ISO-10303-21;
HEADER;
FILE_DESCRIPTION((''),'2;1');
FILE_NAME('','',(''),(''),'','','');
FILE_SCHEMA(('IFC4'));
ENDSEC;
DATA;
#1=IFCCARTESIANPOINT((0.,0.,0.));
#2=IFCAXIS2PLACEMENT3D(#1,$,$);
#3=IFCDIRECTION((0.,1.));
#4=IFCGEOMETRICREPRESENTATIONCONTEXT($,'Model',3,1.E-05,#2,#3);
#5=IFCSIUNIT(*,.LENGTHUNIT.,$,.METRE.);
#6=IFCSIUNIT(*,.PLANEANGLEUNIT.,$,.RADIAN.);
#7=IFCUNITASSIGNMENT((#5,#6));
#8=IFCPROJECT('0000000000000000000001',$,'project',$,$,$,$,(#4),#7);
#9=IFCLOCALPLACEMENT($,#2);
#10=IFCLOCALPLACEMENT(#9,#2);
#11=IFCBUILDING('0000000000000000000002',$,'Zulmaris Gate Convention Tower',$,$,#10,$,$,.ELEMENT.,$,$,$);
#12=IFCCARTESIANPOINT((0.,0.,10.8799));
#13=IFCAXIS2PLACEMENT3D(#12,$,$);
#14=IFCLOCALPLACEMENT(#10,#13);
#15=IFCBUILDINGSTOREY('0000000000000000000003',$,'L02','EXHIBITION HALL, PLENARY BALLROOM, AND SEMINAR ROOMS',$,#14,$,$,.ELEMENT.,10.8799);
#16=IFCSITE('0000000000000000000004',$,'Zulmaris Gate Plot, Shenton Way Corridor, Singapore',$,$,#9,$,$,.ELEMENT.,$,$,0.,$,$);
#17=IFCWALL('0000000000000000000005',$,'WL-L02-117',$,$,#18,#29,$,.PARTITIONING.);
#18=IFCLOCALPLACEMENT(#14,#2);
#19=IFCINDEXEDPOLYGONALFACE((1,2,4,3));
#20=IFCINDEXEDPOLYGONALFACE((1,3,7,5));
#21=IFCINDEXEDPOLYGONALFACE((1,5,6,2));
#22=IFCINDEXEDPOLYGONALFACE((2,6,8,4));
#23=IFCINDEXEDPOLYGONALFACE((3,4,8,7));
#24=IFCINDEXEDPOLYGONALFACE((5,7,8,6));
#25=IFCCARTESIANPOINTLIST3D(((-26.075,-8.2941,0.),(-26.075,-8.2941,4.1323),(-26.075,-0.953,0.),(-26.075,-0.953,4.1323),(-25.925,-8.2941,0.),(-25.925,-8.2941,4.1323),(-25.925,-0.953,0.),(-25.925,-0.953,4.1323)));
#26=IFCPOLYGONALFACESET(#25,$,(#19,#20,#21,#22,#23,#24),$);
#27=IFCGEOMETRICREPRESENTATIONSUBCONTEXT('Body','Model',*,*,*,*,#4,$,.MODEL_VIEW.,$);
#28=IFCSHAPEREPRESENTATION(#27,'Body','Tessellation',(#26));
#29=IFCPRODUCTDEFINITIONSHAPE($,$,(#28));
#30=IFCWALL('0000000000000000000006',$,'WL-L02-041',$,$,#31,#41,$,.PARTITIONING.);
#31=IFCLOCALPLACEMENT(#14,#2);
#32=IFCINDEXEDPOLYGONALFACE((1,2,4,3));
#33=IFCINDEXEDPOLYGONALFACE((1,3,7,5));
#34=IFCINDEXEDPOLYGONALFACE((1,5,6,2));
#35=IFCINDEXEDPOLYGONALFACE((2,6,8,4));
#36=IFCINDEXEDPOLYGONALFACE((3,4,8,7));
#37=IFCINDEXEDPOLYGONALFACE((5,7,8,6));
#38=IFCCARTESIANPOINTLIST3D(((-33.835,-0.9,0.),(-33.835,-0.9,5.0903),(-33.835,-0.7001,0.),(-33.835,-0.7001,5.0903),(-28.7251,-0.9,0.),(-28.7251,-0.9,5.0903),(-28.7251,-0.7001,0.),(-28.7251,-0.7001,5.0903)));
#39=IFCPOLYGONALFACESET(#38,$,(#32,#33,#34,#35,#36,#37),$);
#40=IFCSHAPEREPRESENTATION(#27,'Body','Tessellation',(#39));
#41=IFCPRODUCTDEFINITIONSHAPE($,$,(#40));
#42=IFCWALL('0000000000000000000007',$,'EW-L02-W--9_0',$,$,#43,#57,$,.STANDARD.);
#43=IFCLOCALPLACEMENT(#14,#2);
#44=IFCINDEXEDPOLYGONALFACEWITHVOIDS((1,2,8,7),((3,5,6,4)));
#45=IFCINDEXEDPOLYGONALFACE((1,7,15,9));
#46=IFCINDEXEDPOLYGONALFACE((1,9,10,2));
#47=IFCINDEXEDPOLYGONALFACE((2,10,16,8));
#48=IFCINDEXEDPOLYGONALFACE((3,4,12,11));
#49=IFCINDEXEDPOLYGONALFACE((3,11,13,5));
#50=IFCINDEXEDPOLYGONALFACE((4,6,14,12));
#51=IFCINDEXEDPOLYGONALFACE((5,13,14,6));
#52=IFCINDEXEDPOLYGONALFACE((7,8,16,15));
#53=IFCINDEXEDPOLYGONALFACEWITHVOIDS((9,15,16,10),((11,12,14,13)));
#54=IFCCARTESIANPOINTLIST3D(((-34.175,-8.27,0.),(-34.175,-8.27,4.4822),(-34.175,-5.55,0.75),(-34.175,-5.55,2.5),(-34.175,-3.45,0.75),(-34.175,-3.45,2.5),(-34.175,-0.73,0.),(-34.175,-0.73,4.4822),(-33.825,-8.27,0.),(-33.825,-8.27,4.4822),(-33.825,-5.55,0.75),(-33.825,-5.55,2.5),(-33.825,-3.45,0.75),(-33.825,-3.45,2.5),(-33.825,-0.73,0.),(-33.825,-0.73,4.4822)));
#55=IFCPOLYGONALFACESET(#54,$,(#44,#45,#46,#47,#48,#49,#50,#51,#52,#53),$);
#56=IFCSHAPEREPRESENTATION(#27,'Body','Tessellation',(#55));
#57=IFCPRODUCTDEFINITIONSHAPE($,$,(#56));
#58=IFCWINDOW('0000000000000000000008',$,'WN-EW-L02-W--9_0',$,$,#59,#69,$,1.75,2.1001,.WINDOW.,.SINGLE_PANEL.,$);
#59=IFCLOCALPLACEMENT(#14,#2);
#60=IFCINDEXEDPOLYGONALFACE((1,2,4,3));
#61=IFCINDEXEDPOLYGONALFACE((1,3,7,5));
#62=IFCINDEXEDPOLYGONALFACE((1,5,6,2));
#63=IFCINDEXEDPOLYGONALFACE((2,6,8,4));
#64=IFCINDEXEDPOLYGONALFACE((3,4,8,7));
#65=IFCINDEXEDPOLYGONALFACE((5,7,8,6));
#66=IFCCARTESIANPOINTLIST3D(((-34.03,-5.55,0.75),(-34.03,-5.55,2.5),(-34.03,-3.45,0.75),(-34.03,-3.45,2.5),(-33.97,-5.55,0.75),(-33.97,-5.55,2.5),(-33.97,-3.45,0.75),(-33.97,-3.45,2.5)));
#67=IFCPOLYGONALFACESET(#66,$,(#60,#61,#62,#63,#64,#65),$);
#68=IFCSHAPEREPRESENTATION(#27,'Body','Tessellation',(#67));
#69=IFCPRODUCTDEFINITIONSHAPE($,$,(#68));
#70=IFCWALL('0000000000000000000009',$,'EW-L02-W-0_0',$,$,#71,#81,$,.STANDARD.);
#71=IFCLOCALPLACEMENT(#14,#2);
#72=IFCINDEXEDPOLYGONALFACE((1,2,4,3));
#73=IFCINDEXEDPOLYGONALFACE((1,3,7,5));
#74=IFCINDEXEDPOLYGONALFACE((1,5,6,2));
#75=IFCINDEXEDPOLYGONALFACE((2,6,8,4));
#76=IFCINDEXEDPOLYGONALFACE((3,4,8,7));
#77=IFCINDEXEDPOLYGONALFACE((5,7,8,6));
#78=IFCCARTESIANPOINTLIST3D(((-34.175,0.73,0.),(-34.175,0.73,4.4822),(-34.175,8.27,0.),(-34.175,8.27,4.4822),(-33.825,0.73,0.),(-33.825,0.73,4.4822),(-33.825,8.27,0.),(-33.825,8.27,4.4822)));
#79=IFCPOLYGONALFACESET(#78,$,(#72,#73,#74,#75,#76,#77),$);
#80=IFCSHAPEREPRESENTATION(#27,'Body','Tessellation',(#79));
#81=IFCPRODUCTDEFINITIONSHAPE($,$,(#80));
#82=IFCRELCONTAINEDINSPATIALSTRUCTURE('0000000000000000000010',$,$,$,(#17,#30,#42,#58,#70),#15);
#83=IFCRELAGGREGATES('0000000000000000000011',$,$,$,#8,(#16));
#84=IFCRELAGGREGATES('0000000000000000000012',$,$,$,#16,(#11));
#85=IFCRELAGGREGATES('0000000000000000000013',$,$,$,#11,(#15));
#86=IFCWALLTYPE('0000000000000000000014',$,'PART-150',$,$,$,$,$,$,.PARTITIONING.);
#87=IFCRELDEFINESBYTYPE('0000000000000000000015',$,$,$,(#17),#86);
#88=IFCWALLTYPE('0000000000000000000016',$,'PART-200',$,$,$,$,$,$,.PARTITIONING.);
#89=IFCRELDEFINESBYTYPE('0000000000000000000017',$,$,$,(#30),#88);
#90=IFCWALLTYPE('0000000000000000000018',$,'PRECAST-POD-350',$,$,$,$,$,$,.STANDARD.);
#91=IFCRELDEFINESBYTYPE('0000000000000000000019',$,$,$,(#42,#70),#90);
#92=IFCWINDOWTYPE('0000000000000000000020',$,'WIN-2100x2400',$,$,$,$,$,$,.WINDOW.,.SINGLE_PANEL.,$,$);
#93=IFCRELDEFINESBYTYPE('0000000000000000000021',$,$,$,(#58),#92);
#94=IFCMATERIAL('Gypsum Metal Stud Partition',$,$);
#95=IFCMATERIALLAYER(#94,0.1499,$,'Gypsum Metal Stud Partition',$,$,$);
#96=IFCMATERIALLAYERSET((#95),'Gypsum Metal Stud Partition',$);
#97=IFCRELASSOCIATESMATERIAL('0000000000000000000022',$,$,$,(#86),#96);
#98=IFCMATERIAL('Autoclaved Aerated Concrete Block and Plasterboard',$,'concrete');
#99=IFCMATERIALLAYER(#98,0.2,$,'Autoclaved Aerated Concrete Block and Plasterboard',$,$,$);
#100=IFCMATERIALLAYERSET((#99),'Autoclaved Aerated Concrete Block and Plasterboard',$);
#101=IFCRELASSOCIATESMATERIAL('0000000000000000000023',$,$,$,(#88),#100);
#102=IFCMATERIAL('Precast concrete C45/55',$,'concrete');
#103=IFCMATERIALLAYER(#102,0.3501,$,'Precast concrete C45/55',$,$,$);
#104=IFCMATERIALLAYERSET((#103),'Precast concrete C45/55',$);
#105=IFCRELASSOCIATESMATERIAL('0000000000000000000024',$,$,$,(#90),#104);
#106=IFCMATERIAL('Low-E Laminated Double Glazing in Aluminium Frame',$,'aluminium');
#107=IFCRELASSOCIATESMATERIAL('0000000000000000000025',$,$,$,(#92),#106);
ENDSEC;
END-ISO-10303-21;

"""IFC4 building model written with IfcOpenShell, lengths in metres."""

from ifc_helpers import new_model, si_unit, direction, frame, frame_2d, origin, place, context, subcontext, project, spatial, rectangle, extrude, material, layer, layer_set, type_object, element, fill, save


model = new_model("IFC4")

# Units and contexts
model_context = context("Model", 3, precision=1e-05, world=origin(), true_north=direction((0.0, 1.0)))
body_context = subcontext(model_context, "Body", "Model", "MODEL_VIEW")
ifc_project = project(units=[si_unit("LENGTHUNIT", "METRE"), si_unit("PLANEANGLEUNIT", "RADIAN")], contexts=[model_context])

# Site, building, storey
site_placement = place(None, origin())
site = spatial("IfcSite", under=ifc_project, at=site_placement, Name="Zulmaris Gate Plot, Shenton Way Corridor, Singapore", CompositionType="ELEMENT", RefElevation=0.0)
building_placement = place(site_placement, origin())
building = spatial("IfcBuilding", under=site, at=building_placement, Name="Zulmaris Gate Convention Tower", CompositionType="ELEMENT")
storey_placement = place(building_placement, frame((0.0, 0.0, 10.8799)))
storey = spatial("IfcBuildingStorey", under=building, at=storey_placement, Name="L02", Description="EXHIBITION HALL, PLENARY BALLROOM, AND SEMINAR ROOMS", CompositionType="ELEMENT", Elevation=10.8799)

# Shared definitions
ifc_material_1 = material(Name="Gypsum Metal Stud Partition")
ifc_layer_1 = layer(ifc_material_1, 0.1499, Name="Gypsum Metal Stud Partition")
ifc_layer_set_1 = layer_set([ifc_layer_1], Name="Gypsum Metal Stud Partition")
wall_type_1 = type_object("IfcWallType", Name="PART-150", PredefinedType="PARTITIONING", material=ifc_layer_set_1)

# Walls
wall_1_placement = place(storey_placement, frame((-26.0, -8.2939, 0.0), z_axis=(0.0, 0.0, 1.0), x_axis=(0.0, 1.0, 0.0)))
element("IfcWall", 1, at=wall_1_placement, inside=storey, type_object=wall_type_1, Name="WL-L02-117", PredefinedType="PARTITIONING", context=body_context, shape_type="SweptSolid", body=[
    extrude(rectangle(XDim=7.3411, YDim=0.1499, at=frame_2d((3.6704, 0.0))), origin(), (0.0, 0.0, 1.0), 4.1323),
])
ifc_material_2 = material(Name="Autoclaved Aerated Concrete Block and Plasterboard", Category="concrete")
ifc_layer_2 = layer(ifc_material_2, 0.2, Name="Autoclaved Aerated Concrete Block and Plasterboard")
ifc_layer_set_2 = layer_set([ifc_layer_2], Name="Autoclaved Aerated Concrete Block and Plasterboard")
wall_type_2 = type_object("IfcWallType", Name="PART-200", PredefinedType="PARTITIONING", material=ifc_layer_set_2)
wall_2_placement = place(storey_placement, frame((-33.835, -0.8, 0.0), z_axis=(0.0, 0.0, 1.0), x_axis=(1.0, 0.0, 0.0)))
element("IfcWall", 2, at=wall_2_placement, inside=storey, type_object=wall_type_2, Name="WL-L02-041", PredefinedType="PARTITIONING", context=body_context, shape_type="SweptSolid", body=[
    extrude(rectangle(XDim=5.1099, YDim=0.2, at=frame_2d((2.5549, 0.0))), origin(), (0.0, 0.0, 1.0), 5.0903),
])

# Wall, opening, window
ifc_material_3 = material(Name="Precast concrete C45/55", Category="concrete")
ifc_layer_3 = layer(ifc_material_3, 0.3501, Name="Precast concrete C45/55")
ifc_layer_set_3 = layer_set([ifc_layer_3], Name="Precast concrete C45/55")
wall_type_3 = type_object("IfcWallType", Name="PRECAST-POD-350", PredefinedType="STANDARD", material=ifc_layer_set_3)
wall_3_placement = place(storey_placement, frame((-34.0, -8.27, 0.0), z_axis=(0.0, 0.0, 1.0), x_axis=(0.0, 1.0, 0.0)))
wall_3 = element("IfcWall", 3, at=wall_3_placement, inside=storey, type_object=wall_type_3, Name="EW-L02-W--9_0", PredefinedType="STANDARD", context=body_context, shape_type="SweptSolid", body=[
    extrude(rectangle(XDim=7.54, YDim=0.3501, at=frame_2d((3.77, 0.0))), origin(), (0.0, 0.0, 1.0), 4.4822),
])
opening_1_placement = place(wall_3_placement, frame((2.72, 0.0, 0.75)))
opening_1 = element("IfcOpeningElement", 4, at=opening_1_placement, cuts=wall_3, PredefinedType="OPENING", context=body_context, shape_type="SweptSolid", body=[
    extrude(rectangle(XDim=2.1001, YDim=1.75, at=frame_2d((1.05, 0.875))), frame((0.0, 0.1851, 0.0), z_axis=(0.0, -1.0, 0.0), x_axis=(1.0, 0.0, 0.0)), (0.0, 0.0, 1.0), 0.3701),
])
ifc_material_4 = material(Name="Low-E Laminated Double Glazing in Aluminium Frame", Category="aluminium")
window_type = type_object("IfcWindowType", Name="WIN-2100x2400", PartitioningType="SINGLE_PANEL", PredefinedType="WINDOW", material=ifc_material_4)
window_placement = place(opening_1_placement, origin())
window = element("IfcWindow", 5, at=window_placement, inside=storey, type_object=window_type, Name="WN-EW-L02-W--9_0", OverallHeight=1.75, OverallWidth=2.1001, PartitioningType="SINGLE_PANEL", PredefinedType="WINDOW", context=body_context, shape_type="SweptSolid", body=[
    extrude(rectangle(XDim=2.1001, YDim=1.75, at=frame_2d((1.05, 0.875))), frame((0.0, 0.03, 0.0), z_axis=(0.0, -1.0, 0.0), x_axis=(1.0, 0.0, 0.0)), (0.0, 0.0, 1.0), 0.0601),
])
fill(opening_1, window)

# Wall
wall_4_placement = place(storey_placement, frame((-34.0, 0.73, 0.0), z_axis=(0.0, 0.0, 1.0), x_axis=(0.0, 1.0, 0.0)))
element("IfcWall", 6, at=wall_4_placement, inside=storey, type_object=wall_type_3, Name="EW-L02-W-0_0", PredefinedType="STANDARD", context=body_context, shape_type="SweptSolid", body=[
    extrude(rectangle(XDim=7.54, YDim=0.3501, at=frame_2d((3.77, 0.0))), origin(), (0.0, 0.0, 1.0), 4.4822),
])

save(model, "model.ifc")
